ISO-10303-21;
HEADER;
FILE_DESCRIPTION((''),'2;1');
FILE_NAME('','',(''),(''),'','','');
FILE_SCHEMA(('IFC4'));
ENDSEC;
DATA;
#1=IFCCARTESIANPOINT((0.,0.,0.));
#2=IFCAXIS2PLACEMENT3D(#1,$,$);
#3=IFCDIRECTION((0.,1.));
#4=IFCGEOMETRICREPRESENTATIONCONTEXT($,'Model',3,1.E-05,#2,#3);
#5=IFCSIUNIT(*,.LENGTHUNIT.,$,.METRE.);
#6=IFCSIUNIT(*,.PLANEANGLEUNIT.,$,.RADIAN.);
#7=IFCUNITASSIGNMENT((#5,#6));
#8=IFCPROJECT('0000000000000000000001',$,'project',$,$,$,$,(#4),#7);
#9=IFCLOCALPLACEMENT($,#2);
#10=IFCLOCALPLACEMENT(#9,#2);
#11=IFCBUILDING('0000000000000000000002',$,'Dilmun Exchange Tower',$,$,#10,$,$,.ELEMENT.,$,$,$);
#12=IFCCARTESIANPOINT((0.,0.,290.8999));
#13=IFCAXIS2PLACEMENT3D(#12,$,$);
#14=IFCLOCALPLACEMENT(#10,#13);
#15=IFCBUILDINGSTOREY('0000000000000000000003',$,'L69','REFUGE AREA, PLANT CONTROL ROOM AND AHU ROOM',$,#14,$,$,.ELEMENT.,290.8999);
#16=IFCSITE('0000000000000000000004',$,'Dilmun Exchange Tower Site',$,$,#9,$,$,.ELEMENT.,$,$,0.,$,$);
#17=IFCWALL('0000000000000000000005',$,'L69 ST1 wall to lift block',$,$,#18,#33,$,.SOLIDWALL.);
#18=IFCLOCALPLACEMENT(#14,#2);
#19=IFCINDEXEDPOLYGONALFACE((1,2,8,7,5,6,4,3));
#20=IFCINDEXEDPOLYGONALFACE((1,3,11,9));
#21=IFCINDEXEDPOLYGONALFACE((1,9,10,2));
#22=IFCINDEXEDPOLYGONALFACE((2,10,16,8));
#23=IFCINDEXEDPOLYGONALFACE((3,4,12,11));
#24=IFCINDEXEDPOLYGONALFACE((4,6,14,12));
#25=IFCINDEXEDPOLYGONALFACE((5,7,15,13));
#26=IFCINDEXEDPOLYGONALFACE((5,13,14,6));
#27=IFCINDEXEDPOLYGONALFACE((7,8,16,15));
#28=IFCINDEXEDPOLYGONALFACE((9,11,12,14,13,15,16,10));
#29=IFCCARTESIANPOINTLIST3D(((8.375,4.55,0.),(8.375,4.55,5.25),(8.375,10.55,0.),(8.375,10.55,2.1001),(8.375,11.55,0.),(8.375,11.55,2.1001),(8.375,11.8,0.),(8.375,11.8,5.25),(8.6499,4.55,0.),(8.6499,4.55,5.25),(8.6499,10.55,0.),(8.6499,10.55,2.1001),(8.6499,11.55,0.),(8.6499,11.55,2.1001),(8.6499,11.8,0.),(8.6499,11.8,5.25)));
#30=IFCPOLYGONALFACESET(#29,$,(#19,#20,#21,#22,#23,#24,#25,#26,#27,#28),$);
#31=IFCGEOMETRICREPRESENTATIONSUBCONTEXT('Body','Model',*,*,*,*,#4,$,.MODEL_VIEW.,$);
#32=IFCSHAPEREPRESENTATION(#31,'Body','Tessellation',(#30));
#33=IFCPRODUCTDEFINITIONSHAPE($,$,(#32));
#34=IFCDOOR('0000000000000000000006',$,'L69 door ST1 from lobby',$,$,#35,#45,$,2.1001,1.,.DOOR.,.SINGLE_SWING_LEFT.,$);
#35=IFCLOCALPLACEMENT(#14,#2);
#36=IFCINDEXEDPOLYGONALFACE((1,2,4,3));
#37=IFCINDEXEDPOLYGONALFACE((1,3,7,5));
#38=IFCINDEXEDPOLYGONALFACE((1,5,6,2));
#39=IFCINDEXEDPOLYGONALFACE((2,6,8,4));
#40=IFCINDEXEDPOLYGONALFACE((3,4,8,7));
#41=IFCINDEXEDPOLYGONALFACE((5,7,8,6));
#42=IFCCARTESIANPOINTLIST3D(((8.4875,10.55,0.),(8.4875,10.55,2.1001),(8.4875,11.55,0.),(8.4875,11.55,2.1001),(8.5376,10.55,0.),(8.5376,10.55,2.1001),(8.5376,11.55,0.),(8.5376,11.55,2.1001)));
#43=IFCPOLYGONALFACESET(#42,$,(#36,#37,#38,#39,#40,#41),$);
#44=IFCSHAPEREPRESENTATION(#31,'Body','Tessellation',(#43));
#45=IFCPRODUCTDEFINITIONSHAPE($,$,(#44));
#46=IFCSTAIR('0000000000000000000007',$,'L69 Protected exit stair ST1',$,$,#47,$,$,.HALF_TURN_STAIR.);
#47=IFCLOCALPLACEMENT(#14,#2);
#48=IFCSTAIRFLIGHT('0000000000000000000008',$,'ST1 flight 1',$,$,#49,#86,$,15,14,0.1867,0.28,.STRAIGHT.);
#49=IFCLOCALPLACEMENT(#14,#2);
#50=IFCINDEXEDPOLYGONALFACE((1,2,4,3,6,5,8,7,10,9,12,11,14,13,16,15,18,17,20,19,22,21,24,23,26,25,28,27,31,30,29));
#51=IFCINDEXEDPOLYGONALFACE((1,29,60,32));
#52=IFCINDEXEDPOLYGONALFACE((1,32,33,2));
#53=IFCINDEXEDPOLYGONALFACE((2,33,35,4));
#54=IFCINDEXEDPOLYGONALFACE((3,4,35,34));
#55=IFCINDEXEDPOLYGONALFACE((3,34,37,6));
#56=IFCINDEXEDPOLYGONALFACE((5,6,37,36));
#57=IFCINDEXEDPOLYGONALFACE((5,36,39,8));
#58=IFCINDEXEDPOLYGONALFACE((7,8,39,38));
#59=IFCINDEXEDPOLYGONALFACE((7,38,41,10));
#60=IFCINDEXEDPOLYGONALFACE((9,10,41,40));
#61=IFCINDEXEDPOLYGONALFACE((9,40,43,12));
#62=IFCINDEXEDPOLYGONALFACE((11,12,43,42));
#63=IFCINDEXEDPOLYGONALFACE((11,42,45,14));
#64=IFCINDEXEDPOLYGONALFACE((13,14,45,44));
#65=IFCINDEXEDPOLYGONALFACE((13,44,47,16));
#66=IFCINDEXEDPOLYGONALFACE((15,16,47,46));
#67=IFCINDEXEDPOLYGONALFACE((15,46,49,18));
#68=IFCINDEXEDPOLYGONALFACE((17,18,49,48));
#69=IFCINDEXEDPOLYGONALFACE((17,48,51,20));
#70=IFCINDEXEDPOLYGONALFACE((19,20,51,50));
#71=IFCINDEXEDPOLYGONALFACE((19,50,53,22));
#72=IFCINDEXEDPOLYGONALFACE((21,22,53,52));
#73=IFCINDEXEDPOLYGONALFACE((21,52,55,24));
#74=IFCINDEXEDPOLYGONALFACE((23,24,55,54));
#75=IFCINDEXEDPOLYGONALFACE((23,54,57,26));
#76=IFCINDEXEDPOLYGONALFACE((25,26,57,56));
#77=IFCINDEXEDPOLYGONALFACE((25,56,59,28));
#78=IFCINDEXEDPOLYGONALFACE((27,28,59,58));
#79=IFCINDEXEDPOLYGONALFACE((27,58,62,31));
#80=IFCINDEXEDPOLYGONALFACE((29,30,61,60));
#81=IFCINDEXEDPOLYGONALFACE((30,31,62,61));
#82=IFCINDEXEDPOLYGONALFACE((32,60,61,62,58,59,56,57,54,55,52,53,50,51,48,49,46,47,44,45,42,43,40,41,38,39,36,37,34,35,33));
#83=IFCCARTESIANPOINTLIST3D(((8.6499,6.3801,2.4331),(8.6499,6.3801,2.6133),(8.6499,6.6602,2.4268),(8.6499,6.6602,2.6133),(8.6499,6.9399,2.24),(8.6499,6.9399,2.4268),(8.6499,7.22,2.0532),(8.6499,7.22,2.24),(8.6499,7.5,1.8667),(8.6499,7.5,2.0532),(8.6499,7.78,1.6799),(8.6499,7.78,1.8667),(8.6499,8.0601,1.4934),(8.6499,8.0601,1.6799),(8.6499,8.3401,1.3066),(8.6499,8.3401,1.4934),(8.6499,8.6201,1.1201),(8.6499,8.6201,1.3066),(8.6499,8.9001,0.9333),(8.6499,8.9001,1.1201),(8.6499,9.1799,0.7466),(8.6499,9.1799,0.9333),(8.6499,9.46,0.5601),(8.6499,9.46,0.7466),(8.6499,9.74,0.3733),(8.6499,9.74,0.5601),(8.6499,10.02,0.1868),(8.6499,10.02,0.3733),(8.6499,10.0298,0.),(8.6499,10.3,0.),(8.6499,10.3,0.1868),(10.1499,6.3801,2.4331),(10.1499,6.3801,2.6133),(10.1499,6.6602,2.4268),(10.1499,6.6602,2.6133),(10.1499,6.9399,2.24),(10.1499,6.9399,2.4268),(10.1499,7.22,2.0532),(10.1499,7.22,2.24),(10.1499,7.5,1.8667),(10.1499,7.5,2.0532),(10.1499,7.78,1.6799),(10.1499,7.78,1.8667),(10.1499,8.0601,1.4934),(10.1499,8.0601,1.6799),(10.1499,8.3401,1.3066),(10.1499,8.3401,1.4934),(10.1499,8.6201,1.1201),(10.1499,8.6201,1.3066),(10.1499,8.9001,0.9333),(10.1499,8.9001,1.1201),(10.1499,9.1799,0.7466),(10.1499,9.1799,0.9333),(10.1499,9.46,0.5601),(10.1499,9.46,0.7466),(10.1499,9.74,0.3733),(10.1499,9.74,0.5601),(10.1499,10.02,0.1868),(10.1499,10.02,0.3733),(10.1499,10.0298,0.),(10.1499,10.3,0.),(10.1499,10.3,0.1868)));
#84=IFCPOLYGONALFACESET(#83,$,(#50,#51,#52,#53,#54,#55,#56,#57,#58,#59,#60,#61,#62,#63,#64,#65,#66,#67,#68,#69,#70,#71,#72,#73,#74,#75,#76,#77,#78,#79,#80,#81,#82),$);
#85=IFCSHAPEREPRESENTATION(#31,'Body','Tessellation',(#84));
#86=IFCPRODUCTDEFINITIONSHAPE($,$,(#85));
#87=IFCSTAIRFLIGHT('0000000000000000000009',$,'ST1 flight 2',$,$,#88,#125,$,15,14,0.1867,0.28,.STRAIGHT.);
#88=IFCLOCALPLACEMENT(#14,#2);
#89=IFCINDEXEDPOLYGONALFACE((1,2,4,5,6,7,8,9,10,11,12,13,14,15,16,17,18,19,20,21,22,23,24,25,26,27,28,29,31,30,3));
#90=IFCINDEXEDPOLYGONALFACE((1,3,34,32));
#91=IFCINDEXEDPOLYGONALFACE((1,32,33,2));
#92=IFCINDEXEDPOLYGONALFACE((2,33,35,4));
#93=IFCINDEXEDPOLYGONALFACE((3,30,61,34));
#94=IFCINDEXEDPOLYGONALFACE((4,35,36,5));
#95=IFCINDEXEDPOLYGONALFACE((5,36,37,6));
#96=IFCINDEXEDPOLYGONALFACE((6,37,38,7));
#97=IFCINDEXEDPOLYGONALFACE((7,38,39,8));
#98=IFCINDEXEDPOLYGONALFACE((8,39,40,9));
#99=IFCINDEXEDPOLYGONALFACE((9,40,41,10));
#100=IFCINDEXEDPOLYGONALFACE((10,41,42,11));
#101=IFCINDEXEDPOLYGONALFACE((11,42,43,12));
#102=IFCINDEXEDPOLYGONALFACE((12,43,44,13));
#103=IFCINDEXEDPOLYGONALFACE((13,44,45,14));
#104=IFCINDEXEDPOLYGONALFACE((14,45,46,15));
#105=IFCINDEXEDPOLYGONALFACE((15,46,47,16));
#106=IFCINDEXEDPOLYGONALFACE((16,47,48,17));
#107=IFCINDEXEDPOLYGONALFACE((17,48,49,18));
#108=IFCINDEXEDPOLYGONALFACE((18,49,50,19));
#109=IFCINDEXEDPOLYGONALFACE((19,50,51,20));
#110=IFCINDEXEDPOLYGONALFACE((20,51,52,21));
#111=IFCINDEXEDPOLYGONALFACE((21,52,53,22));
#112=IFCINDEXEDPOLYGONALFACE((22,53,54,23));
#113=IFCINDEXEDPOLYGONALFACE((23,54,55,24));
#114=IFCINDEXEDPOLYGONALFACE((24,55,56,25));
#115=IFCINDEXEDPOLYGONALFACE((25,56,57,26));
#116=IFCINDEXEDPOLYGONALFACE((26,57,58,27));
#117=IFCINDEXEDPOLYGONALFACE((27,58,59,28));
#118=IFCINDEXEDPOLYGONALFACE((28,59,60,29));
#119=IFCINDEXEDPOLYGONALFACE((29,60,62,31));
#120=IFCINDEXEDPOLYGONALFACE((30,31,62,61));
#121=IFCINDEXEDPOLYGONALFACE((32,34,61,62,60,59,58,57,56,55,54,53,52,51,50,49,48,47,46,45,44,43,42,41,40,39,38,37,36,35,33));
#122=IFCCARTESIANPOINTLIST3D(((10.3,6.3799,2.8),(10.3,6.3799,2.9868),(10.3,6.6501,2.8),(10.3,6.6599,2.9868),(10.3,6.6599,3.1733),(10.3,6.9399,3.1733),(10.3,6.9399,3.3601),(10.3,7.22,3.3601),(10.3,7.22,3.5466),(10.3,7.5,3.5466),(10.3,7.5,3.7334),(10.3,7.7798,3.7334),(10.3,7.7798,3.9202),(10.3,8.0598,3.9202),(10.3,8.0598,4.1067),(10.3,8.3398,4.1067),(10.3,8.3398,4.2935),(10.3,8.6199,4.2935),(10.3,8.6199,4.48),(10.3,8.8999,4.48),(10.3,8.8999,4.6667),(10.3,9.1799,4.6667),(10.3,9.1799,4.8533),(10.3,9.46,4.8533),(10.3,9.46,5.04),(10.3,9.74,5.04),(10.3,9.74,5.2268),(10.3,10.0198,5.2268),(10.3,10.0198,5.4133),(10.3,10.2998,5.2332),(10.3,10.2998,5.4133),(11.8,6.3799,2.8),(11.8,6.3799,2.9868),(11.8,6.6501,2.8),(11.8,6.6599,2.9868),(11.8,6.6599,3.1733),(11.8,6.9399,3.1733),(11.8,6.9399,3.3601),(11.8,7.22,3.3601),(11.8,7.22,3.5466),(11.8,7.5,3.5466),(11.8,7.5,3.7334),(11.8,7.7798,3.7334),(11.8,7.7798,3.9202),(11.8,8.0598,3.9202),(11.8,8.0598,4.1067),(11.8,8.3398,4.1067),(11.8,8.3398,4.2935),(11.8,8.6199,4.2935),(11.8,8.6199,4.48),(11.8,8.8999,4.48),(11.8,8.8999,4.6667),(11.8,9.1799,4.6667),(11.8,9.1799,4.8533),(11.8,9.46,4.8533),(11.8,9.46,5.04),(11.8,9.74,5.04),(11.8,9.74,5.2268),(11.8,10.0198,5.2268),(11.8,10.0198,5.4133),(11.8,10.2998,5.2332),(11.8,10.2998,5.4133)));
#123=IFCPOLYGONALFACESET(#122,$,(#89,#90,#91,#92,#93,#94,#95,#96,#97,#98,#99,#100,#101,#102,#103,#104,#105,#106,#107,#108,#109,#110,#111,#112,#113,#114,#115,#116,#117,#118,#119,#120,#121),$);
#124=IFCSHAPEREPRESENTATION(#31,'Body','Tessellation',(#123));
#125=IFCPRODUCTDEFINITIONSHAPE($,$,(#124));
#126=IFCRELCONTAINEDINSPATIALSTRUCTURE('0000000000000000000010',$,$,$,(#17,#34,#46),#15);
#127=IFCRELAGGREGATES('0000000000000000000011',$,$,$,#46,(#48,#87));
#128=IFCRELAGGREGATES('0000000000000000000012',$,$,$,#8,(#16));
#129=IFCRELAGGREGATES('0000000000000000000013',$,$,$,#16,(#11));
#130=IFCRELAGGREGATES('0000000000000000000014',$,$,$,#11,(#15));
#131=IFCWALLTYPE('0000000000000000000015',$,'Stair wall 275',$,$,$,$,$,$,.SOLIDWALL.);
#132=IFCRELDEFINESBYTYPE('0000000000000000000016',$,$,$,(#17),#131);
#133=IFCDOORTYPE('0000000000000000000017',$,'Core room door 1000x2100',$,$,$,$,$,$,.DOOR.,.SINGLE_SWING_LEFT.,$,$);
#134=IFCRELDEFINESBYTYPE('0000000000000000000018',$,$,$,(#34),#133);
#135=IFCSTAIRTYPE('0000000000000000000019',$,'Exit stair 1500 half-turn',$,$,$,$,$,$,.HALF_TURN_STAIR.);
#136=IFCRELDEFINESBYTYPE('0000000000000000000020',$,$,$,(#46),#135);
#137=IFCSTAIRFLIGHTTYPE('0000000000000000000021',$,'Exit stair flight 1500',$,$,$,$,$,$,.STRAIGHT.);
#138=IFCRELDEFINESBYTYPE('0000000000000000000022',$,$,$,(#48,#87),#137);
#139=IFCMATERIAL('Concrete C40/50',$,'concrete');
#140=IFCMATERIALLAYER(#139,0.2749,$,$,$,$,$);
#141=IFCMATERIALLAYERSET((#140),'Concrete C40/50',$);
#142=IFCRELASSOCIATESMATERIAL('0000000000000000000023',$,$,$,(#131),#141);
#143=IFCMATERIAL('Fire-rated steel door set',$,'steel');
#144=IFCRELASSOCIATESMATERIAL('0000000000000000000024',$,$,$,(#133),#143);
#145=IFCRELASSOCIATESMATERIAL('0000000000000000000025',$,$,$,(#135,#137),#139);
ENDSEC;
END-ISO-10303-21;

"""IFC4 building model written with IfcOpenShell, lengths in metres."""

from ifc_helpers import new_model, si_unit, direction, frame, frame_2d, origin, place, context, subcontext, project, spatial, polyline, rectangle, outline, extrude, material, layer, layer_set, type_object, element, fill, aggregate, save


model = new_model("IFC4")

# Units and contexts
model_context = context("Model", 3, precision=1e-05, world=origin(), true_north=direction((0.0, 1.0)))
body_context = subcontext(model_context, "Body", "Model", "MODEL_VIEW")
ifc_project = project(units=[si_unit("LENGTHUNIT", "METRE"), si_unit("PLANEANGLEUNIT", "RADIAN")], contexts=[model_context])

# Site, building, storey
site_placement = place(None, origin())
site = spatial("IfcSite", under=ifc_project, at=site_placement, Name="Dilmun Exchange Tower Site", CompositionType="ELEMENT", RefElevation=0.0)
building_placement = place(site_placement, origin())
building = spatial("IfcBuilding", under=site, at=building_placement, Name="Dilmun Exchange Tower", CompositionType="ELEMENT")
storey_placement = place(building_placement, frame((0.0, 0.0, 290.8999)))
storey = spatial("IfcBuildingStorey", under=building, at=storey_placement, Name="L69", Description="REFUGE AREA, PLANT CONTROL ROOM AND AHU ROOM", CompositionType="ELEMENT", Elevation=290.8999)

# Shared definitions
ifc_material_1 = material(Name="Concrete C40/50", Category="concrete")

# Shared definitions
ifc_material_2 = material(Name="Fire-rated steel door set", Category="steel")

# Wall, opening, door
ifc_layer_1 = layer(ifc_material_1, 0.2749)
ifc_layer_set_1 = layer_set([ifc_layer_1], Name="Concrete C40/50")
wall_type_1 = type_object("IfcWallType", Name="Stair wall 275", PredefinedType="SOLIDWALL", material=ifc_layer_set_1)
wall_1_placement = place(storey_placement, frame((8.5125, 4.55, 0.0), z_axis=(0.0, 0.0, 1.0), x_axis=(0.0, 1.0, 0.0)))
wall_1 = element("IfcWall", 1, at=wall_1_placement, inside=storey, type_object=wall_type_1, Name="L69 ST1 wall to lift block", PredefinedType="SOLIDWALL", context=body_context, shape_type="SweptSolid", body=[
    extrude(rectangle(XDim=7.25, YDim=0.2749, at=frame_2d((3.625, 0.0))), origin(), (0.0, 0.0, 1.0), 5.25),
])
opening_1_placement = place(wall_1_placement, frame((6.0, 0.0, 0.0)))
opening_1 = element("IfcOpeningElement", 2, at=opening_1_placement, cuts=wall_1, PredefinedType="OPENING", context=body_context, shape_type="SweptSolid", body=[
    extrude(rectangle(XDim=1.0, YDim=2.1001, at=frame_2d((0.5, 1.05))), frame((0.0, 0.1475, 0.0), z_axis=(0.0, -1.0, 0.0), x_axis=(1.0, 0.0, 0.0)), (0.0, 0.0, 1.0), 0.2949),
])
door_type_1 = type_object("IfcDoorType", Name="Core room door 1000x2100", OperationType="SINGLE_SWING_LEFT", PredefinedType="DOOR", material=ifc_material_2)
door_1_placement = place(opening_1_placement, origin())
door_1 = element("IfcDoor", 3, at=door_1_placement, inside=storey, type_object=door_type_1, Name="L69 door ST1 from lobby", OperationType="SINGLE_SWING_LEFT", OverallHeight=2.1001, OverallWidth=1.0, PredefinedType="DOOR", context=body_context, shape_type="SweptSolid", body=[
    extrude(rectangle(XDim=1.0, YDim=2.1001, at=frame_2d((0.5, 1.05))), frame((0.0, 0.0249, 0.0), z_axis=(0.0, -1.0, 0.0), x_axis=(1.0, 0.0, 0.0)), (0.0, 0.0, 1.0), 0.05),
])
fill(opening_1, door_1)

# Stair, stair flights
stair_type = type_object("IfcStairType", Name="Exit stair 1500 half-turn", PredefinedType="HALF_TURN_STAIR", material=ifc_material_1)
stair_placement = place(storey_placement, origin())
stair = element("IfcStair", 4, at=stair_placement, inside=storey, type_object=stair_type, Name="L69 Protected exit stair ST1", PredefinedType="HALF_TURN_STAIR")
stair_flight_type = type_object("IfcStairFlightType", Name="Exit stair flight 1500", PredefinedType="STRAIGHT", material=ifc_material_1)
stair_flight_1_placement = place(storey_placement, frame((9.3999, 10.3, 0.0), z_axis=(0.0, 0.0, 1.0), x_axis=(0.0, -1.0, 0.0)))
stair_flight_1 = element("IfcStairFlight", 5, at=stair_flight_1_placement, type_object=stair_flight_type, Name="ST1 flight 1", NumberOfRisers=15, NumberOfTreads=14, PredefinedType="STRAIGHT", RiserHeight=0.1867, TreadLength=0.28, context=body_context, shape_type="SweptSolid", body=[
    extrude(outline(polyline([(0.0, 0.0), (0.0, 0.1868), (0.28, 0.1868), (0.28, 0.3733), (0.5601, 0.3733), (0.5601, 0.5601), (0.8401, 0.5601), (0.8401, 0.7466), (1.1201, 0.7466), (1.1201, 0.9333), (1.3999, 0.9333), (1.3999, 1.1201), (1.6799, 1.1201), (1.6799, 1.3066), (1.96, 1.3066), (1.96, 1.4934), (2.24, 1.4934), (2.24, 1.6799), (2.52, 1.6799), (2.52, 1.8667), (2.8, 1.8667), (2.8, 2.0532), (3.0801, 2.0532), (3.0801, 2.24), (3.3601, 2.24), (3.3601, 2.4268), (3.6399, 2.4268), (3.6399, 2.6133), (3.9199, 2.6133), (3.9199, 2.8), (3.9199, 2.4331), (0.2703, 0.0), (0.0, 0.0)])), frame((0.0, 0.75, 0.0), z_axis=(0.0, -1.0, 0.0), x_axis=(1.0, 0.0, 0.0)), (0.0, 0.0, 1.0), 1.5),
])
stair_flight_2_placement = place(storey_placement, frame((11.05, 6.3799, 2.8), z_axis=(0.0, 0.0, 1.0), x_axis=(0.0, 1.0, 0.0)))
stair_flight_2 = element("IfcStairFlight", 6, at=stair_flight_2_placement, type_object=stair_flight_type, Name="ST1 flight 2", NumberOfRisers=15, NumberOfTreads=14, PredefinedType="STRAIGHT", RiserHeight=0.1867, TreadLength=0.28, context=body_context, shape_type="SweptSolid", body=[
    extrude(outline(polyline([(0.0, 0.0), (0.0, 0.1868), (0.28, 0.1868), (0.28, 0.3733), (0.5601, 0.3733), (0.5601, 0.5601), (0.8401, 0.5601), (0.8401, 0.7466), (1.1201, 0.7466), (1.1201, 0.9333), (1.3999, 0.9333), (1.3999, 1.1201), (1.6799, 1.1201), (1.6799, 1.3066), (1.96, 1.3066), (1.96, 1.4934), (2.24, 1.4934), (2.24, 1.6799), (2.52, 1.6799), (2.52, 1.8667), (2.8, 1.8667), (2.8, 2.0532), (3.0801, 2.0532), (3.0801, 2.24), (3.3601, 2.24), (3.3601, 2.4268), (3.6399, 2.4268), (3.6399, 2.6133), (3.9199, 2.6133), (3.9199, 2.8), (3.9199, 2.4331), (0.2703, 0.0), (0.0, 0.0)])), frame((0.0, 0.75, 0.0), z_axis=(0.0, -1.0, 0.0), x_axis=(1.0, 0.0, 0.0)), (0.0, 0.0, 1.0), 1.5),
])
aggregate(stair, [stair_flight_1, stair_flight_2])

save(model, "model.ifc")
